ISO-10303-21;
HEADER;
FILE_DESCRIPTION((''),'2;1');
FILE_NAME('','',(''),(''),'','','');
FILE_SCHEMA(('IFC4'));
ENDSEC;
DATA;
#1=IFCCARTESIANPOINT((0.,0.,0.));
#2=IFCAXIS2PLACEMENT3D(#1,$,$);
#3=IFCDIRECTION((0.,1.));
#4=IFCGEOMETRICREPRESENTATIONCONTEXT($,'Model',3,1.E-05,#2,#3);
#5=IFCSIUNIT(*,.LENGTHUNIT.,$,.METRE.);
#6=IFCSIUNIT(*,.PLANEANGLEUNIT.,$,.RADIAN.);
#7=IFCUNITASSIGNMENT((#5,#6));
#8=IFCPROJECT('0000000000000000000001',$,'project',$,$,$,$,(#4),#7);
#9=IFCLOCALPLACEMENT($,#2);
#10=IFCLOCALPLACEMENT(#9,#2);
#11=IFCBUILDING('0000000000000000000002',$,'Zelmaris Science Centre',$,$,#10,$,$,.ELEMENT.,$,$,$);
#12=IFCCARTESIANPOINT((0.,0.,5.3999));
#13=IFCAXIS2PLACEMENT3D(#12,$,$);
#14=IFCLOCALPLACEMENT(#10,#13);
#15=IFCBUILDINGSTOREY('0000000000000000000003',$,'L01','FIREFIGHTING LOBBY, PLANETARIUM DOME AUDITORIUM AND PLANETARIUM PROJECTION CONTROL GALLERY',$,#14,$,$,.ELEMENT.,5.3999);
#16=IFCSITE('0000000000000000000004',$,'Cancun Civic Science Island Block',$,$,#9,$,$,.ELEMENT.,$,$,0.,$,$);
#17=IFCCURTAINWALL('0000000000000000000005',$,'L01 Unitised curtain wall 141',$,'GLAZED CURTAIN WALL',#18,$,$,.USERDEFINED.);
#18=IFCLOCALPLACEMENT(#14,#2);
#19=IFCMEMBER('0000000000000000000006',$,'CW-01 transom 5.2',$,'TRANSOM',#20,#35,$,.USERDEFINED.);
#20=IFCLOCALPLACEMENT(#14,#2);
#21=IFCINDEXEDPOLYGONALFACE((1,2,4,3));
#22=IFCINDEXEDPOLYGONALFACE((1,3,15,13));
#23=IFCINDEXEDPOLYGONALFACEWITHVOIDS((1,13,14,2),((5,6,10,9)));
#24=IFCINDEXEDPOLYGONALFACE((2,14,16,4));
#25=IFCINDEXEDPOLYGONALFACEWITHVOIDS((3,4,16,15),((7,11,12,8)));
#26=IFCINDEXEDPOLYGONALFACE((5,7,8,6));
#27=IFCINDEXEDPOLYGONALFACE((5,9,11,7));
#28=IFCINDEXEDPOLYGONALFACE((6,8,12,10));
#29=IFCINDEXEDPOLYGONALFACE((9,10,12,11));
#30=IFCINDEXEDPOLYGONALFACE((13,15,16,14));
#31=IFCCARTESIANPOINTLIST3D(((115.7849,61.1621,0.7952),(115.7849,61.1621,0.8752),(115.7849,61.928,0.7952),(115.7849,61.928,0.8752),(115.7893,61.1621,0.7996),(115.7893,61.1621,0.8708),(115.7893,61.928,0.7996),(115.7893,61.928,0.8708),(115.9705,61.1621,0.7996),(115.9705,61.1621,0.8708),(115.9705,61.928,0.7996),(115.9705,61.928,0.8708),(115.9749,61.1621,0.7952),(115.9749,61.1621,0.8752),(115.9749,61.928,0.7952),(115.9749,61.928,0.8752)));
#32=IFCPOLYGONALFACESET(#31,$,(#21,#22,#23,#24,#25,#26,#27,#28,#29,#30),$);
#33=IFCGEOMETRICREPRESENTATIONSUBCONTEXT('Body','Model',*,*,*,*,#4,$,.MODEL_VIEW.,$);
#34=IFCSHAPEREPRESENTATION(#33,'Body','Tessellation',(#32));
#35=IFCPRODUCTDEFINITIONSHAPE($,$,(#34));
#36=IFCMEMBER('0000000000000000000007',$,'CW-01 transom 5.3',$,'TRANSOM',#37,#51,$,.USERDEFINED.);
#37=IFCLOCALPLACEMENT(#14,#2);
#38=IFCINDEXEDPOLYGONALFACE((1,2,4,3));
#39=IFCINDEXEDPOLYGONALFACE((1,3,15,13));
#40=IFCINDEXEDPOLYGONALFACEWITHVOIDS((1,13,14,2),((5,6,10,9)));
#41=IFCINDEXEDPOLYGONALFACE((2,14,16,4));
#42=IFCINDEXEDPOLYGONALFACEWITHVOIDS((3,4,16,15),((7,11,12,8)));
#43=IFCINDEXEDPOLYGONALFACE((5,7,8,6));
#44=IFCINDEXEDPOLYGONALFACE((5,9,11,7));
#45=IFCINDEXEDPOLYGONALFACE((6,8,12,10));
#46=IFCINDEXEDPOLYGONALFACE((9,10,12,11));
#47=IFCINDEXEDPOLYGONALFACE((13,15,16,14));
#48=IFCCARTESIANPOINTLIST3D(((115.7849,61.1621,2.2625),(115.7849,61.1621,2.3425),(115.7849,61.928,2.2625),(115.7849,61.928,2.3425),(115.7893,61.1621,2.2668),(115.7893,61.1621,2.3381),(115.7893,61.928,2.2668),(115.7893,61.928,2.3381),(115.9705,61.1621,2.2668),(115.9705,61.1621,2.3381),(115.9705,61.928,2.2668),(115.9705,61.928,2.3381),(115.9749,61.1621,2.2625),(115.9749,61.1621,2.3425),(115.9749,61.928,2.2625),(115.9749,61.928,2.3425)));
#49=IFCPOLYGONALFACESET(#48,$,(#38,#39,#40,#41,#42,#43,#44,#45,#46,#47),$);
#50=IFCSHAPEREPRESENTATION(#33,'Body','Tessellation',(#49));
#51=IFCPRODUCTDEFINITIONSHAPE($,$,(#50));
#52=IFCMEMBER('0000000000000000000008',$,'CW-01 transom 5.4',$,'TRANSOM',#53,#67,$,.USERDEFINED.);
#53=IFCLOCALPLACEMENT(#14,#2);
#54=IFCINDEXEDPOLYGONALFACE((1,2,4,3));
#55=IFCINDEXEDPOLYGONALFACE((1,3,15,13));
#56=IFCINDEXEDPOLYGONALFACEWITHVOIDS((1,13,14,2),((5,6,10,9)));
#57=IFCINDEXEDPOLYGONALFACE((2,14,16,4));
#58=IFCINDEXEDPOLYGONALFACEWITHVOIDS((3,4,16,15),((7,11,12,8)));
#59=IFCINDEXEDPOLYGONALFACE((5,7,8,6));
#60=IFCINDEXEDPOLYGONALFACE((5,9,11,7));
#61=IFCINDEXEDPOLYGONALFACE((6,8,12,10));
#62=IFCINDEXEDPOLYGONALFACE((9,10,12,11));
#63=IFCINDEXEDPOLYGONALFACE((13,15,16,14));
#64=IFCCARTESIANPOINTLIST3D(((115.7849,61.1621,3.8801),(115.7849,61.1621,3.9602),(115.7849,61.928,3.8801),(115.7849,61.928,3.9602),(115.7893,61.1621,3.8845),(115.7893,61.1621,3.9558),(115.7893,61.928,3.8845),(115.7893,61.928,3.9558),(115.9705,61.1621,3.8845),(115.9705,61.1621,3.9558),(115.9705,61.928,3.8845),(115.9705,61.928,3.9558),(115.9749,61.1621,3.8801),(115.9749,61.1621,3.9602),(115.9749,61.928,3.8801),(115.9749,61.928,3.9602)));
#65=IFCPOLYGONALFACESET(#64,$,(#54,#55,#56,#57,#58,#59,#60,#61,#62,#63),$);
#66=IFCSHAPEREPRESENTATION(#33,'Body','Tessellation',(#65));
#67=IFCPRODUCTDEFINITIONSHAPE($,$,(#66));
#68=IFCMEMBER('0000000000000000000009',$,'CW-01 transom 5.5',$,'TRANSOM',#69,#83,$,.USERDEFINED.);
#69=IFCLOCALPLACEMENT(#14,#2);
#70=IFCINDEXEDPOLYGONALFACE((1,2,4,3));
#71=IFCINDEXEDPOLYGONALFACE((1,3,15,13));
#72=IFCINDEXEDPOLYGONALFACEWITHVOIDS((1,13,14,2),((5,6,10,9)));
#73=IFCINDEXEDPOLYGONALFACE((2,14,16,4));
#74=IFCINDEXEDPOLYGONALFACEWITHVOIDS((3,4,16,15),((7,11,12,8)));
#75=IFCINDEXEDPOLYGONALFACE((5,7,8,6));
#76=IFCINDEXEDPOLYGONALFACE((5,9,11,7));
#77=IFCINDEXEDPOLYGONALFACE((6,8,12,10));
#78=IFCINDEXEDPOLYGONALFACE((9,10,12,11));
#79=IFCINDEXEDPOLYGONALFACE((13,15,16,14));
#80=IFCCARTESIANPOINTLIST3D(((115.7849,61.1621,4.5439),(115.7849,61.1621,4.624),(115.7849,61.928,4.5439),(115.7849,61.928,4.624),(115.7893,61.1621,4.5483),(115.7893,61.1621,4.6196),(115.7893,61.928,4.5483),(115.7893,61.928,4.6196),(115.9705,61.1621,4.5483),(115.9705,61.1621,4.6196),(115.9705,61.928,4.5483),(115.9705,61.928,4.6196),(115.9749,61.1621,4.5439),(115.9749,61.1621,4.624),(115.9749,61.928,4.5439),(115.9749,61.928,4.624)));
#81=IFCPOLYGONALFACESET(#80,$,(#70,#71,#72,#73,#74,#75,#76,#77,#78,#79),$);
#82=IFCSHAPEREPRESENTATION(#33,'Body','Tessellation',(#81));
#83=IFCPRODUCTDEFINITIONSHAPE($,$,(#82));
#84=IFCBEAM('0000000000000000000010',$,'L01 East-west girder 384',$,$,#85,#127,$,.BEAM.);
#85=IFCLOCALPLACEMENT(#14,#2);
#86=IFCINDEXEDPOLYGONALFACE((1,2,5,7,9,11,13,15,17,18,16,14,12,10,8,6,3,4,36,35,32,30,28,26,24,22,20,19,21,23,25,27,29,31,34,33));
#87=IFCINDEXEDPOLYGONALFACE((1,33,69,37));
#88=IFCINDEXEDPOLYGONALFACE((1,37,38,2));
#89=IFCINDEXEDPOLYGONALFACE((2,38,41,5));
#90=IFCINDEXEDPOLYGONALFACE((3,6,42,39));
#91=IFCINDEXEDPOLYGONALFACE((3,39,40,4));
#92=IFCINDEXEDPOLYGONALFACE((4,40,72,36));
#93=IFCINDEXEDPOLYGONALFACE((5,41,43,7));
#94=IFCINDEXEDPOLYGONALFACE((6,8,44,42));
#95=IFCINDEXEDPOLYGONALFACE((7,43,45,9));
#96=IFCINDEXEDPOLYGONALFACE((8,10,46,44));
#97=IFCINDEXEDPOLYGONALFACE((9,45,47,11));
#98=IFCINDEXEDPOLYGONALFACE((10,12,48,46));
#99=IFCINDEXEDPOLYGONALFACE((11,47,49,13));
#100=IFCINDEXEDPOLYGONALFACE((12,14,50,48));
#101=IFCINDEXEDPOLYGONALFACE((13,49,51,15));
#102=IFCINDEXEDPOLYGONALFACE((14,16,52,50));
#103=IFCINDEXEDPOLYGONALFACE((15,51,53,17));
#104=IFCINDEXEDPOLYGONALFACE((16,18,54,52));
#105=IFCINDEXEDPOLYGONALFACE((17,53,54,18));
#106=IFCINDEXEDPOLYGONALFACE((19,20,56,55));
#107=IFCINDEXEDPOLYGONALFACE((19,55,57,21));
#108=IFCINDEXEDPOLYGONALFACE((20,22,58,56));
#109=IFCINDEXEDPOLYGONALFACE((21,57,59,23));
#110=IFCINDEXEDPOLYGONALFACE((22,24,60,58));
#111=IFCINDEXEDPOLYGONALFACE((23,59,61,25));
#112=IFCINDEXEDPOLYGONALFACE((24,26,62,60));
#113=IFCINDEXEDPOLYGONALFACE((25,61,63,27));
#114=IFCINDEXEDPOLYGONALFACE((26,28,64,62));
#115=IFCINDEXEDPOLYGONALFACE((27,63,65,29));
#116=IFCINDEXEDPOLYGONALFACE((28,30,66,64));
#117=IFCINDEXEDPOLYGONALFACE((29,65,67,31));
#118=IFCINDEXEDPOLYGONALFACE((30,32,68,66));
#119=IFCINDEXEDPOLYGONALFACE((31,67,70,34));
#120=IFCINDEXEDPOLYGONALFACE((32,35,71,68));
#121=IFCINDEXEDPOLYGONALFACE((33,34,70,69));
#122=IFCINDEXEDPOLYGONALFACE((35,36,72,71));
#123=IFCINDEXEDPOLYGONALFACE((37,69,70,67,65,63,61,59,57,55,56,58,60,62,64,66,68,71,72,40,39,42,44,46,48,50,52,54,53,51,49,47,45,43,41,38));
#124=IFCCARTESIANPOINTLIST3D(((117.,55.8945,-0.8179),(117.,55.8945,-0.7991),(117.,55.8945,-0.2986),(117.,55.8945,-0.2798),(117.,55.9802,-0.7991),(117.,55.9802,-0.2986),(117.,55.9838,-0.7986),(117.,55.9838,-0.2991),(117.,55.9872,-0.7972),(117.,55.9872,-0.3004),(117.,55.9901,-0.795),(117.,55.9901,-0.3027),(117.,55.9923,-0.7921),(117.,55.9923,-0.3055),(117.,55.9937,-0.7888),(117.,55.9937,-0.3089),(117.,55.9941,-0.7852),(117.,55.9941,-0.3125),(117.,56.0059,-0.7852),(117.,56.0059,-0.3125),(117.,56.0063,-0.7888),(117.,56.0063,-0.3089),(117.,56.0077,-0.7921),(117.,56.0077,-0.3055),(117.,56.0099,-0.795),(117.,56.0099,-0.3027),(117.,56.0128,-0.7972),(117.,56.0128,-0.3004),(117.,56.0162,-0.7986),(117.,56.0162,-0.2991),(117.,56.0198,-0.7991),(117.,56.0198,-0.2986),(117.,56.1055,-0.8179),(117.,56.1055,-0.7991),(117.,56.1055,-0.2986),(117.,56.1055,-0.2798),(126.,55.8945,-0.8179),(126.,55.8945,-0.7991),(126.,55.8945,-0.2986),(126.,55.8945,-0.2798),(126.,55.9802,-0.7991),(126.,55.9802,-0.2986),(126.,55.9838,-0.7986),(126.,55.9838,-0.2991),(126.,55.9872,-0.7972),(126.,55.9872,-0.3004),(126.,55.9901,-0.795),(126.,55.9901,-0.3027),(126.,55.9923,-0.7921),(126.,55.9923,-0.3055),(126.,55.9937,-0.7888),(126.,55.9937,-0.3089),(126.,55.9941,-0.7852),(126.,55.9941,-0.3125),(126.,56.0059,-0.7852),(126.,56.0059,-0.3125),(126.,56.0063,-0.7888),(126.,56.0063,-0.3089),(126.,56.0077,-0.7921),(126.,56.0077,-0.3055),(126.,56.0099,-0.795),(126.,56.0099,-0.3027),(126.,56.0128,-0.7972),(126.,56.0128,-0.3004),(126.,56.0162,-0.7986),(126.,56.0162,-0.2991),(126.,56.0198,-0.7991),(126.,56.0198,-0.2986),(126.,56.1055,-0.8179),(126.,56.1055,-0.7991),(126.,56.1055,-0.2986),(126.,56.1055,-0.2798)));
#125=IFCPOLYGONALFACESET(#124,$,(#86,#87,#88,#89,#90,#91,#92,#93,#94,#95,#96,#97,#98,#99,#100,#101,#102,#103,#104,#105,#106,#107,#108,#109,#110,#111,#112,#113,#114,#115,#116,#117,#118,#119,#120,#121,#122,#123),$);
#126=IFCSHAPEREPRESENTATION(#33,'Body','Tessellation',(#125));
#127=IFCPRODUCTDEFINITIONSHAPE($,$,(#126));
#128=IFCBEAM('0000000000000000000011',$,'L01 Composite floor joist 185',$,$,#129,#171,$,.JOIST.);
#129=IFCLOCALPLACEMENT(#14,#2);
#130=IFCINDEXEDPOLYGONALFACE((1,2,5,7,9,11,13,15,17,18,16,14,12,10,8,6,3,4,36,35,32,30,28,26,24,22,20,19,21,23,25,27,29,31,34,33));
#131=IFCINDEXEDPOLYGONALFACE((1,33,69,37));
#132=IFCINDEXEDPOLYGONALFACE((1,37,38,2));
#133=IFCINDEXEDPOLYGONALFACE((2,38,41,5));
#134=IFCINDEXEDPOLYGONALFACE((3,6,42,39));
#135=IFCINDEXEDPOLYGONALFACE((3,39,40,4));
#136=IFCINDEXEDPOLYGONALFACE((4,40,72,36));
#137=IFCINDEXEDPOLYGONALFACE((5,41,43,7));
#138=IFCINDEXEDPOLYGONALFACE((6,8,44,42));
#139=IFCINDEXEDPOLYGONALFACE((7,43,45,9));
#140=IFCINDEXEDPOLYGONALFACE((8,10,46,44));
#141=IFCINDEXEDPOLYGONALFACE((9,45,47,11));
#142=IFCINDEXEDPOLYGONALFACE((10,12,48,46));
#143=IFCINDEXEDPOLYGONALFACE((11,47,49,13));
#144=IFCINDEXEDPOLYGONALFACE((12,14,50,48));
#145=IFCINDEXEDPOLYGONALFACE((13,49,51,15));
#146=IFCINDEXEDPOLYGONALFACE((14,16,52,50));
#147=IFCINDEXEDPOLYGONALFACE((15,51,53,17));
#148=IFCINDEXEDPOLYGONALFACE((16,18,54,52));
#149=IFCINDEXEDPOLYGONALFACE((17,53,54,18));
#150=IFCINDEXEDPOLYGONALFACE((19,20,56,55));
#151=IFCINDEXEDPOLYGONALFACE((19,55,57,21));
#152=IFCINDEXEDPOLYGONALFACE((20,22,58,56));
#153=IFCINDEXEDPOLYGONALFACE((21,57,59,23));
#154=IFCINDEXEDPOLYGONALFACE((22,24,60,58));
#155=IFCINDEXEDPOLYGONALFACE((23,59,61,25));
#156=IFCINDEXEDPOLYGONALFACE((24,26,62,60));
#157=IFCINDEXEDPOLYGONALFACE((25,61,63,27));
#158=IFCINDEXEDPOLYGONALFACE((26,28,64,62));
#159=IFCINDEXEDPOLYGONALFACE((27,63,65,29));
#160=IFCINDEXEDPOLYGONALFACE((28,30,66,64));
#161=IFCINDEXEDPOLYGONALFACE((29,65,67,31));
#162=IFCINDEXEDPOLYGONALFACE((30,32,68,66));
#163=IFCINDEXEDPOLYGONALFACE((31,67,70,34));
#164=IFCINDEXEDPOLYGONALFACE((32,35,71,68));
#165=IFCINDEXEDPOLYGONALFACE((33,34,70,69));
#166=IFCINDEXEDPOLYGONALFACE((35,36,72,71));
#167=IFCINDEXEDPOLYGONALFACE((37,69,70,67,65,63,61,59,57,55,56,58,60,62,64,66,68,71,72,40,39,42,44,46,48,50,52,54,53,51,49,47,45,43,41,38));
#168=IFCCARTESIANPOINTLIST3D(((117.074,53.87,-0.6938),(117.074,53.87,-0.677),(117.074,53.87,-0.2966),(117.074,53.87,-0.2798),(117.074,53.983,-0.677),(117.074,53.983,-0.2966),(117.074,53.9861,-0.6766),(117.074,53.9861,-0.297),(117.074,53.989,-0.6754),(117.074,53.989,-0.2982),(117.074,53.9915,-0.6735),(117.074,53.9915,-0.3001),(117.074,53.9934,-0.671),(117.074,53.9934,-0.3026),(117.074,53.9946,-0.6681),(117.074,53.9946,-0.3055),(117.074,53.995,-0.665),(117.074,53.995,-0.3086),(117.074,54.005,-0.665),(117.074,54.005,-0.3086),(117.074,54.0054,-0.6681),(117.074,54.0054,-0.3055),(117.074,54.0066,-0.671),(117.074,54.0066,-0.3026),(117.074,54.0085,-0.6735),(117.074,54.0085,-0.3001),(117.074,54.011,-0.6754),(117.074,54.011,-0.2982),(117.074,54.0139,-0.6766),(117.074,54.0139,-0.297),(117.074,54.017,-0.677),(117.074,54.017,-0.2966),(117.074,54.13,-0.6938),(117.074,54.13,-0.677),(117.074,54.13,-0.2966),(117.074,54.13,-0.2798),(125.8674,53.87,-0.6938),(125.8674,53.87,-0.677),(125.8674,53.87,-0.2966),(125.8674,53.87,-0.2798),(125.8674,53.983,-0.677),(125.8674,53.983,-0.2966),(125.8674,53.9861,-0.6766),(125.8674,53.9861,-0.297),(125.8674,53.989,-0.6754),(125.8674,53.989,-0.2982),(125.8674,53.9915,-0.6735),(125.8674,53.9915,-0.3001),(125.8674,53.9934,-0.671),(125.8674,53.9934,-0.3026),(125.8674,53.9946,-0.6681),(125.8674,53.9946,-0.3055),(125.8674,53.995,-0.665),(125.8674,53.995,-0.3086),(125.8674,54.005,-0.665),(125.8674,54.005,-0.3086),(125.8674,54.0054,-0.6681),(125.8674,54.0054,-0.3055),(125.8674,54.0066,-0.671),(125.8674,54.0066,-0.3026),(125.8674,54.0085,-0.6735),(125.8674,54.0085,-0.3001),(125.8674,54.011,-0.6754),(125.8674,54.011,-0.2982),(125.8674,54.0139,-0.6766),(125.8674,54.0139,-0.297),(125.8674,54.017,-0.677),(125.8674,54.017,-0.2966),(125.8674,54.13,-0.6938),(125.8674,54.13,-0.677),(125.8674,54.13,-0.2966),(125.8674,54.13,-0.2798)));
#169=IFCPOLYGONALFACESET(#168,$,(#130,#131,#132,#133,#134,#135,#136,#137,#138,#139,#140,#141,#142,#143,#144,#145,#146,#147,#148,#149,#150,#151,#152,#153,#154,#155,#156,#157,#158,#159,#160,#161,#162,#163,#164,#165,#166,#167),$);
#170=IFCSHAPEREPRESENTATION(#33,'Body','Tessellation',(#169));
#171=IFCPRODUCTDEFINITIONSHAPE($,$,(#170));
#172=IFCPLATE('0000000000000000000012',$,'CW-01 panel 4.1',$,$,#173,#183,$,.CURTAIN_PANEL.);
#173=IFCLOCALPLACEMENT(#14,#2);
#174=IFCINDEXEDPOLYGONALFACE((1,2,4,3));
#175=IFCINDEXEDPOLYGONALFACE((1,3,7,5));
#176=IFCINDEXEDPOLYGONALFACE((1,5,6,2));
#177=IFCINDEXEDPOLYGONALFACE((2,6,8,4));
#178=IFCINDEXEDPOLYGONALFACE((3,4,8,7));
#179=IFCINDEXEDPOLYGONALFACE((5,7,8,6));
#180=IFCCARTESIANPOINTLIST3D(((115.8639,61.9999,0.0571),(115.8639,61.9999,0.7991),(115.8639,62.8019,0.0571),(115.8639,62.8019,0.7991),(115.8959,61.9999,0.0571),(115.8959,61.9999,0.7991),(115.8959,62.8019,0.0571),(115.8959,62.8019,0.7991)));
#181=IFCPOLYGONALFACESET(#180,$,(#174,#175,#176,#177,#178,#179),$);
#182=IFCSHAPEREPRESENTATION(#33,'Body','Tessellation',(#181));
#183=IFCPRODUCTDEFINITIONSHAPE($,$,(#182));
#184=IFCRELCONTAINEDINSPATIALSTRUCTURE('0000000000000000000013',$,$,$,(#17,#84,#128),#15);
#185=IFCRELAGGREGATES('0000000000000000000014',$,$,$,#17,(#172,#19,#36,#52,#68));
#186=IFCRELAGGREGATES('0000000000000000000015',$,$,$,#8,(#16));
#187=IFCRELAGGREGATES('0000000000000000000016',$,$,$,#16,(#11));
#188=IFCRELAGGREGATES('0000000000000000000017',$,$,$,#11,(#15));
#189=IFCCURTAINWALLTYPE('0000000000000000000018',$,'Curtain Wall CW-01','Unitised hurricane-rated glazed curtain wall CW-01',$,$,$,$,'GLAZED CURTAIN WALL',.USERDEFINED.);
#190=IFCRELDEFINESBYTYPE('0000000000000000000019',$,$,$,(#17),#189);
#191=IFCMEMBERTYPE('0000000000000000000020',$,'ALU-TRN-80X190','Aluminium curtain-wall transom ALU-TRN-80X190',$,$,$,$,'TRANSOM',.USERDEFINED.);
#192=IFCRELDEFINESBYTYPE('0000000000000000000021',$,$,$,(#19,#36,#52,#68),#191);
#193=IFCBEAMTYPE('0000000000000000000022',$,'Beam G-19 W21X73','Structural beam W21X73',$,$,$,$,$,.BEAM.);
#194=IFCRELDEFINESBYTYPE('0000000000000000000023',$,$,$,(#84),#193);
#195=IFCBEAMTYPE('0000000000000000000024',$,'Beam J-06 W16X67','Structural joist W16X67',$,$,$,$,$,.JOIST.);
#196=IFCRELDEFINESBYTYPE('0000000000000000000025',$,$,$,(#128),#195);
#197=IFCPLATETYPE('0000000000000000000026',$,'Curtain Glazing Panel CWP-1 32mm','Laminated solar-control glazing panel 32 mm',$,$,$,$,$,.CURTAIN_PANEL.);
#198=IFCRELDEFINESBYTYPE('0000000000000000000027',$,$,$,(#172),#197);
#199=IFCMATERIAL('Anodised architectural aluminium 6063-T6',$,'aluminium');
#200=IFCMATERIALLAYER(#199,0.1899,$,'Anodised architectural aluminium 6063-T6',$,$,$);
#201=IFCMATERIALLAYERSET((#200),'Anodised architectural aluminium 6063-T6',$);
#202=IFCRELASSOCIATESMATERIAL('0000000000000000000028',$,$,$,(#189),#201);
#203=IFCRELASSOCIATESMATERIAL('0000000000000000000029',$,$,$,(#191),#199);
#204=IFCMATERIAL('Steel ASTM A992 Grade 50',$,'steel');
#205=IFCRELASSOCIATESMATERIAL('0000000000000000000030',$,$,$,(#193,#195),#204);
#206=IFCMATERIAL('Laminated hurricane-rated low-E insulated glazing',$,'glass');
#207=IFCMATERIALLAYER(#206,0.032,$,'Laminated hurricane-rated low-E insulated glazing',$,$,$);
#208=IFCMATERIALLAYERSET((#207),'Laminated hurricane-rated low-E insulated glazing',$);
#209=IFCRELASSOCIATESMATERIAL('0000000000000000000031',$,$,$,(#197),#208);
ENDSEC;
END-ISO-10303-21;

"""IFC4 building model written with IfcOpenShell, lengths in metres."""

from ifc_helpers import new_model, si_unit, direction, frame, origin, origin_2d, place, context, subcontext, project, spatial, rectangle, hollow_rectangle, i_section, extrude, material, layer, layer_set, material_profile, profile_set, type_object, element, aggregate, save


model = new_model("IFC4")

# Units and contexts
model_context = context("Model", 3, precision=1e-05, world=origin(), true_north=direction((0.0, 1.0)))
body_context = subcontext(model_context, "Body", "Model", "MODEL_VIEW")
ifc_project = project(units=[si_unit("LENGTHUNIT", "METRE"), si_unit("PLANEANGLEUNIT", "RADIAN")], contexts=[model_context])

# Site, building, storey
site_placement = place(None, origin())
site = spatial("IfcSite", under=ifc_project, at=site_placement, Name="Cancun Civic Science Island Block", CompositionType="ELEMENT", RefElevation=0.0)
building_placement = place(site_placement, origin())
building = spatial("IfcBuilding", under=site, at=building_placement, Name="Zelmaris Science Centre", CompositionType="ELEMENT")
storey_placement = place(building_placement, frame((0.0, 0.0, 5.3999)))
storey = spatial("IfcBuildingStorey", under=building, at=storey_placement, Name="L01", Description="FIREFIGHTING LOBBY, PLANETARIUM DOME AUDITORIUM AND PLANETARIUM PROJECTION CONTROL GALLERY", CompositionType="ELEMENT", Elevation=5.3999)

# Shared definitions
ifc_material_1 = material(Name="Steel ASTM A992 Grade 50", Category="steel")

# Curtain wall, members
ifc_material_2 = material(Name="Anodised architectural aluminium 6063-T6", Category="aluminium")
ifc_layer_1 = layer(ifc_material_2, 0.1899, Name="Anodised architectural aluminium 6063-T6")
ifc_layer_set_1 = layer_set([ifc_layer_1], Name="Anodised architectural aluminium 6063-T6")
curtain_wall_type = type_object("IfcCurtainWallType", Name="Curtain Wall CW-01", Description="Unitised hurricane-rated glazed curtain wall CW-01", ElementType="GLAZED CURTAIN WALL", PredefinedType="USERDEFINED", material=ifc_layer_set_1)
curtain_wall_placement = place(storey_placement, origin())
curtain_wall = element("IfcCurtainWall", 1, at=curtain_wall_placement, inside=storey, type_object=curtain_wall_type, Name="L01 Unitised curtain wall 141", ObjectType="GLAZED CURTAIN WALL", PredefinedType="USERDEFINED")
ifc_material_profile_1 = material_profile(ifc_material_2, hollow_rectangle(XDim=0.0801, YDim=0.1899, WallThickness=0.0044, at=origin_2d()), Name="ALU-TRN-80X190")
ifc_profile_set_1 = profile_set([ifc_material_profile_1], Name="Anodised architectural aluminium 6063-T6")
member_type_1 = type_object("IfcMemberType", Name="ALU-TRN-80X190", Description="Aluminium curtain-wall transom ALU-TRN-80X190", ElementType="TRANSOM", PredefinedType="USERDEFINED", material=ifc_profile_set_1)
member_1_placement = place(storey_placement, frame((115.8799, 61.928, 0.8352), z_axis=(0.0, -1.0, 0.0), x_axis=(0.0, 0.0, 1.0)))
member_1 = element("IfcMember", 2, at=member_1_placement, type_object=member_type_1, Name="CW-01 transom 5.2", ObjectType="TRANSOM", PredefinedType="USERDEFINED", context=body_context, shape_type="SweptSolid", body=[
    extrude(hollow_rectangle(XDim=0.0801, YDim=0.1899, WallThickness=0.0044, at=origin_2d()), origin(), (0.0, 0.0, 1.0), 0.7659),
])
member_2_placement = place(storey_placement, frame((115.8799, 61.928, 2.3025), z_axis=(0.0, -1.0, 0.0), x_axis=(0.0, 0.0, 1.0)))
member_2 = element("IfcMember", 3, at=member_2_placement, type_object=member_type_1, Name="CW-01 transom 5.3", ObjectType="TRANSOM", PredefinedType="USERDEFINED", context=body_context, shape_type="SweptSolid", body=[
    extrude(hollow_rectangle(XDim=0.0801, YDim=0.1899, WallThickness=0.0044, at=origin_2d()), origin(), (0.0, 0.0, 1.0), 0.7659),
])
member_3_placement = place(storey_placement, frame((115.8799, 61.928, 3.9202), z_axis=(0.0, -1.0, 0.0), x_axis=(0.0, 0.0, 1.0)))
member_3 = element("IfcMember", 4, at=member_3_placement, type_object=member_type_1, Name="CW-01 transom 5.4", ObjectType="TRANSOM", PredefinedType="USERDEFINED", context=body_context, shape_type="SweptSolid", body=[
    extrude(hollow_rectangle(XDim=0.0801, YDim=0.1899, WallThickness=0.0044, at=origin_2d()), origin(), (0.0, 0.0, 1.0), 0.7659),
])
member_4_placement = place(storey_placement, frame((115.8799, 61.928, 4.584), z_axis=(0.0, -1.0, 0.0), x_axis=(0.0, 0.0, 1.0)))
member_4 = element("IfcMember", 5, at=member_4_placement, type_object=member_type_1, Name="CW-01 transom 5.5", ObjectType="TRANSOM", PredefinedType="USERDEFINED", context=body_context, shape_type="SweptSolid", body=[
    extrude(hollow_rectangle(XDim=0.0801, YDim=0.1899, WallThickness=0.0044, at=origin_2d()), origin(), (0.0, 0.0, 1.0), 0.7659),
])

# Beams
ifc_material_profile_2 = material_profile(ifc_material_1, i_section(OverallWidth=0.2109, OverallDepth=0.5381, WebThickness=0.0117, FlangeThickness=0.0188, FilletRadius=0.0139, at=origin_2d()), Name="W21X73")
ifc_profile_set_2 = profile_set([ifc_material_profile_2], Name="Steel ASTM A992 Grade 50")
beam_type_1 = type_object("IfcBeamType", Name="Beam G-19 W21X73", Description="Structural beam W21X73", PredefinedType="BEAM", material=ifc_profile_set_2)
beam_1_placement = place(storey_placement, frame((117.0, 56.0, -0.5488), z_axis=(1.0, 0.0, 0.0), x_axis=(0.0, 1.0, 0.0)))
element("IfcBeam", 6, at=beam_1_placement, inside=storey, type_object=beam_type_1, Name="L01 East-west girder 384", PredefinedType="BEAM", context=body_context, shape_type="SweptSolid", body=[
    extrude(i_section(OverallWidth=0.2109, OverallDepth=0.5381, WebThickness=0.0117, FlangeThickness=0.0188, FilletRadius=0.0139, at=origin_2d()), origin(), (0.0, 0.0, 1.0), 9.0),
])
ifc_material_profile_3 = material_profile(ifc_material_1, i_section(OverallWidth=0.26, OverallDepth=0.4141, WebThickness=0.01, FlangeThickness=0.0168, FilletRadius=0.012, at=origin_2d()), Name="W16X67")
ifc_profile_set_3 = profile_set([ifc_material_profile_3], Name="Steel ASTM A992 Grade 50")
beam_type_2 = type_object("IfcBeamType", Name="Beam J-06 W16X67", Description="Structural joist W16X67", PredefinedType="JOIST", material=ifc_profile_set_3)
beam_2_placement = place(storey_placement, frame((117.074, 54.0, -0.4868), z_axis=(1.0, 0.0, 0.0), x_axis=(0.0, 1.0, 0.0)))
element("IfcBeam", 7, at=beam_2_placement, inside=storey, type_object=beam_type_2, Name="L01 Composite floor joist 185", PredefinedType="JOIST", context=body_context, shape_type="SweptSolid", body=[
    extrude(i_section(OverallWidth=0.26, OverallDepth=0.4141, WebThickness=0.01, FlangeThickness=0.0168, FilletRadius=0.012, at=origin_2d()), origin(), (0.0, 0.0, 1.0), 8.7935),
])

# Plate
ifc_material_3 = material(Name="Laminated hurricane-rated low-E insulated glazing", Category="glass")
ifc_layer_2 = layer(ifc_material_3, 0.032, Name="Laminated hurricane-rated low-E insulated glazing")
ifc_layer_set_2 = layer_set([ifc_layer_2], Name="Laminated hurricane-rated low-E insulated glazing")
plate_type = type_object("IfcPlateType", Name="Curtain Glazing Panel CWP-1 32mm", Description="Laminated solar-control glazing panel 32 mm", PredefinedType="CURTAIN_PANEL", material=ifc_layer_set_2)
plate_1_placement = place(storey_placement, frame((115.8799, 62.4009, 0.0571), z_axis=(0.0, 0.0, 1.0), x_axis=(0.000023, -1.0, 0.0)))
plate_1 = element("IfcPlate", 8, at=plate_1_placement, type_object=plate_type, Name="CW-01 panel 4.1", PredefinedType="CURTAIN_PANEL", context=body_context, shape_type="SweptSolid", body=[
    extrude(rectangle(XDim=0.802, YDim=0.032, at=origin_2d()), origin(), (0.0, 0.0, 1.0), 0.7419),
])
aggregate(curtain_wall, [plate_1, member_1, member_2, member_3, member_4])

save(model, "model.ifc")
